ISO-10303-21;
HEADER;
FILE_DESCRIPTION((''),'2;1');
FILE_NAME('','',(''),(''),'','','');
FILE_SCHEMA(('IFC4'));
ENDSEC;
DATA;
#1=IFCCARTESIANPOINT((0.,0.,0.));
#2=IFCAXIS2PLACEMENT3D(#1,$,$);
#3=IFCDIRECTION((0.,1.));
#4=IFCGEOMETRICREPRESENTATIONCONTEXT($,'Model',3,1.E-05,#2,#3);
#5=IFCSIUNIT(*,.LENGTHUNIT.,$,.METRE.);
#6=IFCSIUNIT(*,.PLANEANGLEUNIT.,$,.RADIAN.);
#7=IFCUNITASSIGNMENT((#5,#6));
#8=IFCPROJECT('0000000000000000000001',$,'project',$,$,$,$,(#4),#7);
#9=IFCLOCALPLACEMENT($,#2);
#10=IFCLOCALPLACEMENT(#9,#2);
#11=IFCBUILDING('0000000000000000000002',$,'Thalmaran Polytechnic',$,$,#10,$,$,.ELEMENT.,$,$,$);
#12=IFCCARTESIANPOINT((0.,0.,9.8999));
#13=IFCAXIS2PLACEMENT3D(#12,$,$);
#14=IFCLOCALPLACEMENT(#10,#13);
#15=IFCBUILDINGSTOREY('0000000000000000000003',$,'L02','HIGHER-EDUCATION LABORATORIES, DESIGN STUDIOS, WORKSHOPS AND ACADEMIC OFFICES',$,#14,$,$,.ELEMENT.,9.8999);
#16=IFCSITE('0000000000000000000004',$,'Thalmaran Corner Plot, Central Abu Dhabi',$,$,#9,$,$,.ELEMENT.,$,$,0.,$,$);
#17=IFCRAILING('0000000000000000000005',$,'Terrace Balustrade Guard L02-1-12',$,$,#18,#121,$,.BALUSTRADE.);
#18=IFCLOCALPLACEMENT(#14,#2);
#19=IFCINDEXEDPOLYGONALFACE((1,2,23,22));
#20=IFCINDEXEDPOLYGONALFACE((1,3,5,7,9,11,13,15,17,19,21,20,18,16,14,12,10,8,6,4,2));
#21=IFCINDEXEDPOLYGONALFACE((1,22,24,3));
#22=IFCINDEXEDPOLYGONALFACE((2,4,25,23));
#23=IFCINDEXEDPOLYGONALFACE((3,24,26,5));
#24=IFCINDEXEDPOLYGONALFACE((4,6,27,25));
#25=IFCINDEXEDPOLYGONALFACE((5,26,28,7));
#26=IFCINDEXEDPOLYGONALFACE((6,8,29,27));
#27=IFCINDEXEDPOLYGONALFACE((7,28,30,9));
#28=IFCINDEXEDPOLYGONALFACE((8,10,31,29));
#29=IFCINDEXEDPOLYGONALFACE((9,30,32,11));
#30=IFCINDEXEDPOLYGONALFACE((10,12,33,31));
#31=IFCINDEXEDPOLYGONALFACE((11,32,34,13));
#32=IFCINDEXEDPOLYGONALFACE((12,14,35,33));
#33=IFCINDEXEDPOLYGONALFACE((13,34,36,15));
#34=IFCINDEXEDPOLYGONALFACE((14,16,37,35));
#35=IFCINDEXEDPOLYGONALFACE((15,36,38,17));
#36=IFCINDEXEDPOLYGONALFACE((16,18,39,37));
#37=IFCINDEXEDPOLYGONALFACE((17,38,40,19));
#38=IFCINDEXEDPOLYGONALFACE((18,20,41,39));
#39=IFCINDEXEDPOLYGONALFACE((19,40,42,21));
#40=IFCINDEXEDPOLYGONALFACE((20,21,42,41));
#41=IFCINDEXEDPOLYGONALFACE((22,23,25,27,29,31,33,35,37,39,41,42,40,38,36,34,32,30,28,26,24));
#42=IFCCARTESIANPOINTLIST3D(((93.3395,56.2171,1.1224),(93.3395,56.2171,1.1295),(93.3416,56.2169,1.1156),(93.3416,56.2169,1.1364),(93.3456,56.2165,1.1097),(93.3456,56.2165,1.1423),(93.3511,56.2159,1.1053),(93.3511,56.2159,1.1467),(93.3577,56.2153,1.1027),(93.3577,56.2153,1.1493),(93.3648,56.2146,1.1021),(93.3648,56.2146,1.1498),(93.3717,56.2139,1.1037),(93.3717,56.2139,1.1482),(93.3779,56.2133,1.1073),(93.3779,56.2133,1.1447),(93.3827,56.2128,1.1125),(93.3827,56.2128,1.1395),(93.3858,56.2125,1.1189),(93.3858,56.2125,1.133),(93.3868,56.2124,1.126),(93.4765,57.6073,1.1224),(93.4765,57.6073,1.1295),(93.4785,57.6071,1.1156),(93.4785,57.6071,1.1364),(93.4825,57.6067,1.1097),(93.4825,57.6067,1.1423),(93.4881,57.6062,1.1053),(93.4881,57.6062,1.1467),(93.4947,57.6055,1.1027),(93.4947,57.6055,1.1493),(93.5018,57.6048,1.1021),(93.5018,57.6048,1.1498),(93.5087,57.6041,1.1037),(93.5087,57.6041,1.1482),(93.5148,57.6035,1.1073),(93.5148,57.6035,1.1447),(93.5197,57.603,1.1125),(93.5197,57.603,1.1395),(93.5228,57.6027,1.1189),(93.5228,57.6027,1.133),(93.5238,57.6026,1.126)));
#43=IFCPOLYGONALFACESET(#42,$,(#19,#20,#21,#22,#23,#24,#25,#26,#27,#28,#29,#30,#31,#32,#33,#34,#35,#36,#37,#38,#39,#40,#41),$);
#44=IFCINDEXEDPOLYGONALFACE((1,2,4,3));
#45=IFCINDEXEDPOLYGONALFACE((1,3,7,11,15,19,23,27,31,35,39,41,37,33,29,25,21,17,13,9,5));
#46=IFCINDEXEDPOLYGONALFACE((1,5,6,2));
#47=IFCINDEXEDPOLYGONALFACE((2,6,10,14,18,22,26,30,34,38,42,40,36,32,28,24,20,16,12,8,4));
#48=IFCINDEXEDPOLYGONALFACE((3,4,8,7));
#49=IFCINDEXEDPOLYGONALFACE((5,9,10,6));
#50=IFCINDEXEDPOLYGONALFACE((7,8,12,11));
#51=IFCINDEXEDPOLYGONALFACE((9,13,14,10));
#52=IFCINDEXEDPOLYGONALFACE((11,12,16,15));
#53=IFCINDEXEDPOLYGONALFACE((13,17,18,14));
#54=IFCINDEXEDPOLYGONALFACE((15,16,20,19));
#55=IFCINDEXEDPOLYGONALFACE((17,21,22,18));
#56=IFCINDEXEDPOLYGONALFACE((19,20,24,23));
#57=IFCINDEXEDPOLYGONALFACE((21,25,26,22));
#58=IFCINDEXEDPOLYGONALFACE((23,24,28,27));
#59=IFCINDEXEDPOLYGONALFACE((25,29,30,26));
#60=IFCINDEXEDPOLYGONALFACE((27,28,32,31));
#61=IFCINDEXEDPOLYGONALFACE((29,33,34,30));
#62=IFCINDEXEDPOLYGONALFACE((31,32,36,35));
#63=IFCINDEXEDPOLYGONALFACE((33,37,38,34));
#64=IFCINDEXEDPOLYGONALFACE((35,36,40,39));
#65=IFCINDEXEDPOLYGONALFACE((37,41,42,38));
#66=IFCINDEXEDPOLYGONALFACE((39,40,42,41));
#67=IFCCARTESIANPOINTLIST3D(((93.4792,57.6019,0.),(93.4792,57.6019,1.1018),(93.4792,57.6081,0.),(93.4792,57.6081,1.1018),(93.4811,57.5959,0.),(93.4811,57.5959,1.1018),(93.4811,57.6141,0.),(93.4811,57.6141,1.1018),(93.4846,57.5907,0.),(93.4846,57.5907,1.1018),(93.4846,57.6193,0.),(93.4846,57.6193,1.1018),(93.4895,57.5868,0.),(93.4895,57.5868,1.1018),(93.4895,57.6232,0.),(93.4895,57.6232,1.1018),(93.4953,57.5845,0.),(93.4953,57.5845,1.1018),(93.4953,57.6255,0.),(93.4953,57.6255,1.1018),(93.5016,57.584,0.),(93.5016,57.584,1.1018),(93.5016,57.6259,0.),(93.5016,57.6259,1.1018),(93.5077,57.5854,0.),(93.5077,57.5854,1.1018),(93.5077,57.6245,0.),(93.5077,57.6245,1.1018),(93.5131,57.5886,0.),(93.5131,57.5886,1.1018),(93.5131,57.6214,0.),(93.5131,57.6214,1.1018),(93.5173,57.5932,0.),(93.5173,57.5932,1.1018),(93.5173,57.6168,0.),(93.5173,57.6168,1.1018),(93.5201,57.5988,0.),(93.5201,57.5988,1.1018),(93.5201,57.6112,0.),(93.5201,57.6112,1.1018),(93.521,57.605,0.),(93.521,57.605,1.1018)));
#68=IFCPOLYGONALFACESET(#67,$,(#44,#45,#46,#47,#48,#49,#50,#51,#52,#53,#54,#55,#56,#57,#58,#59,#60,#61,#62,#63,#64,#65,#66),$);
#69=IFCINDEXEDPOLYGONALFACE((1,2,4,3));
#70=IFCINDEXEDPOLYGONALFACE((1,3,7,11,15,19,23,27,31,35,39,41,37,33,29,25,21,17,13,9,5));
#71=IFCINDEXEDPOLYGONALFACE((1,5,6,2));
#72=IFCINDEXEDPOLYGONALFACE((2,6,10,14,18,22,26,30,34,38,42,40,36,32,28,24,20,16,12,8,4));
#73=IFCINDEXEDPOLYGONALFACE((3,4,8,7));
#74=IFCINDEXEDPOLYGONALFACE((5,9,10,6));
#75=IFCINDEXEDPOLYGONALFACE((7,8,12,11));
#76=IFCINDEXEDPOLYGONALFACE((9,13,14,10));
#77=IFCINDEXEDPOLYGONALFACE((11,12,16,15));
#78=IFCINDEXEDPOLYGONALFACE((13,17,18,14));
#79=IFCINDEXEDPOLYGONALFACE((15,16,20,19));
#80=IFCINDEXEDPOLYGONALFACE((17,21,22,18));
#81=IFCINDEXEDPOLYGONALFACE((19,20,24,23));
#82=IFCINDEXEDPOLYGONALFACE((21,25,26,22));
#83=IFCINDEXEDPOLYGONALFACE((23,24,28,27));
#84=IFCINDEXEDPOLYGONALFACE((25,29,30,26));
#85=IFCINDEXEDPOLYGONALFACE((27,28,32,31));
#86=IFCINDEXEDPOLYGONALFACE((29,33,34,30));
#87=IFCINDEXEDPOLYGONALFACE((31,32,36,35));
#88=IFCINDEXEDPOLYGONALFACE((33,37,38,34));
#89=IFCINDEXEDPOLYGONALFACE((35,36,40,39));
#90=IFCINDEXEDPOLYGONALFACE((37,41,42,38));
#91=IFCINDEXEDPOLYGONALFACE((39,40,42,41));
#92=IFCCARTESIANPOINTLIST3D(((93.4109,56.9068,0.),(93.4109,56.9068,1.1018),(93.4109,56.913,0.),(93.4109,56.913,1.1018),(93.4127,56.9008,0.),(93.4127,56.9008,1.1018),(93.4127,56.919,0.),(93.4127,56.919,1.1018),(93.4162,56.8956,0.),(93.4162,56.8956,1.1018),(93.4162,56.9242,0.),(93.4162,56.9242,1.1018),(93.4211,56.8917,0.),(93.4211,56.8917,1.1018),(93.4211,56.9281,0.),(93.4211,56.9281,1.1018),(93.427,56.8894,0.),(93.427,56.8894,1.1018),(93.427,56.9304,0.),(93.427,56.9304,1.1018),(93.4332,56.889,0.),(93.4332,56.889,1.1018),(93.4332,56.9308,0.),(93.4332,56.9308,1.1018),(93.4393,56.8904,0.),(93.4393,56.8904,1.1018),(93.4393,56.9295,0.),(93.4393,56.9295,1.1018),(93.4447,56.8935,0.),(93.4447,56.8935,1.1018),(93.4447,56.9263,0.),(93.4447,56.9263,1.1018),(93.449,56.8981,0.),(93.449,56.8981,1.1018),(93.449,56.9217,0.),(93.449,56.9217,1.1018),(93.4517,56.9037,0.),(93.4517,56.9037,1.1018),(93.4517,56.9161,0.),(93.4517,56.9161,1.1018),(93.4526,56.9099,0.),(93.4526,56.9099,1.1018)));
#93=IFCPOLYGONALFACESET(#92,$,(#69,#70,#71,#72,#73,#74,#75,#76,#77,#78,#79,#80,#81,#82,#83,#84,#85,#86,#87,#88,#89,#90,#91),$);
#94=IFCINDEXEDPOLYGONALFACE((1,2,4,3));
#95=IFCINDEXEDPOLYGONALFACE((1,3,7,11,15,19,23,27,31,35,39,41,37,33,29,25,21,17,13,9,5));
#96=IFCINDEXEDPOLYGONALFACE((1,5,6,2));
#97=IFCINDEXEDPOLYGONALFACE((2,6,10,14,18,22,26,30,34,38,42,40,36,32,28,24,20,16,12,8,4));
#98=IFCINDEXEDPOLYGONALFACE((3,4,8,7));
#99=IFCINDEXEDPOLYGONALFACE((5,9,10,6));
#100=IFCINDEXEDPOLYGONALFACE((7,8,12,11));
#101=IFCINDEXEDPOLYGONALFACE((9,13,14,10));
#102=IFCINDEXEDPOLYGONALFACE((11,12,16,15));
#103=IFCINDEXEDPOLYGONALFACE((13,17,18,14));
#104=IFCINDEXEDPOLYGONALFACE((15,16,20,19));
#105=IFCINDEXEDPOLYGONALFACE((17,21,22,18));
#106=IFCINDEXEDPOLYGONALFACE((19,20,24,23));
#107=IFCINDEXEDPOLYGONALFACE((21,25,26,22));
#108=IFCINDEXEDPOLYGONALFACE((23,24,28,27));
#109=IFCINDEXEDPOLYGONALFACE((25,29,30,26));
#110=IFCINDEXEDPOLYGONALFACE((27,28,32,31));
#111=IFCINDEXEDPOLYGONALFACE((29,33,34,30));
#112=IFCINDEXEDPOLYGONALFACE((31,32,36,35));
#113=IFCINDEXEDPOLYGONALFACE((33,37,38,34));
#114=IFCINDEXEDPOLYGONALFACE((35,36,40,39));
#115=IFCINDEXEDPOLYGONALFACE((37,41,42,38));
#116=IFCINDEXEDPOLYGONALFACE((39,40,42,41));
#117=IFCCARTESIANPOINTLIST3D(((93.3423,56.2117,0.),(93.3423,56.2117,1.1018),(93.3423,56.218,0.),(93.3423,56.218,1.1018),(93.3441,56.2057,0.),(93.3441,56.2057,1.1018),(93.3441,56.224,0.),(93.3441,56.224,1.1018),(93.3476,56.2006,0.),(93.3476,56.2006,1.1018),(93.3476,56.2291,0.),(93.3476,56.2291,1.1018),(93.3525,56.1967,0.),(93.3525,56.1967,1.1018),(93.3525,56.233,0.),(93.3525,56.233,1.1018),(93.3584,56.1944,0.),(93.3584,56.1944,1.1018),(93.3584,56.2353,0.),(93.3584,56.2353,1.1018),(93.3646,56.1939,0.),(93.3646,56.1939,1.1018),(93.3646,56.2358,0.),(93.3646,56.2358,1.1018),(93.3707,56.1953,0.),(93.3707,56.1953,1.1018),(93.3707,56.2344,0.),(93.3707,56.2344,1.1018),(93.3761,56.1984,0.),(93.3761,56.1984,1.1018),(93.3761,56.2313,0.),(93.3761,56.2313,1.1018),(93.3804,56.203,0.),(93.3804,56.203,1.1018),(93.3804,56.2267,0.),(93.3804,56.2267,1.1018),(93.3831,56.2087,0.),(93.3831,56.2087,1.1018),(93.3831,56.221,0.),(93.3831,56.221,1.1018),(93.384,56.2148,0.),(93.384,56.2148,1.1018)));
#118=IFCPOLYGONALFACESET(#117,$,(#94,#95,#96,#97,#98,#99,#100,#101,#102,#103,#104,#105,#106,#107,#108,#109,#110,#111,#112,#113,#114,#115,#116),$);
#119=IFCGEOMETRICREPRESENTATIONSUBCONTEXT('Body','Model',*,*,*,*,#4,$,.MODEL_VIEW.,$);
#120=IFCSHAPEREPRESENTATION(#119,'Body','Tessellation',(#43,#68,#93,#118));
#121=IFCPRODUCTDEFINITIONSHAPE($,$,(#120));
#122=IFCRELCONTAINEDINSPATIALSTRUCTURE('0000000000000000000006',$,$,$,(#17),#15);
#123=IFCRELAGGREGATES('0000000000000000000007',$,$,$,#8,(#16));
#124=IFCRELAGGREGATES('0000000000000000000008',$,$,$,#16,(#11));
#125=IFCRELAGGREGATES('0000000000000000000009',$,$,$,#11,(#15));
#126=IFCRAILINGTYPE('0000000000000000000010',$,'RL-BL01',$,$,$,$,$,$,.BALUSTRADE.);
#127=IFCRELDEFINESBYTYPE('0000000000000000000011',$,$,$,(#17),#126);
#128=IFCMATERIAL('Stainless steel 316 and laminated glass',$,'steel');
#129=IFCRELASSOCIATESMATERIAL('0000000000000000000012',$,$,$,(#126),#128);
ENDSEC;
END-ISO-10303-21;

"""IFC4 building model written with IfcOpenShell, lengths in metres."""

from ifc_helpers import new_model, si_unit, direction, frame, origin, origin_2d, place, context, subcontext, project, spatial, circle, extrude, material, type_object, element, save


model = new_model("IFC4")

# Units and contexts
model_context = context("Model", 3, precision=1e-05, world=origin(), true_north=direction((0.0, 1.0)))
body_context = subcontext(model_context, "Body", "Model", "MODEL_VIEW")
ifc_project = project(units=[si_unit("LENGTHUNIT", "METRE"), si_unit("PLANEANGLEUNIT", "RADIAN")], contexts=[model_context])

# Site, building, storey
site_placement = place(None, origin())
site = spatial("IfcSite", under=ifc_project, at=site_placement, Name="Thalmaran Corner Plot, Central Abu Dhabi", CompositionType="ELEMENT", RefElevation=0.0)
building_placement = place(site_placement, origin())
building = spatial("IfcBuilding", under=site, at=building_placement, Name="Thalmaran Polytechnic", CompositionType="ELEMENT")
storey_placement = place(building_placement, frame((0.0, 0.0, 9.8999)))
storey = spatial("IfcBuildingStorey", under=building, at=storey_placement, Name="L02", Description="HIGHER-EDUCATION LABORATORIES, DESIGN STUDIOS, WORKSHOPS AND ACADEMIC OFFICES", CompositionType="ELEMENT", Elevation=9.8999)

# Railing
ifc_material = material(Name="Stainless steel 316 and laminated glass", Category="steel")
railing_type = type_object("IfcRailingType", Name="RL-BL01", PredefinedType="BALUSTRADE", material=ifc_material)
railing_1_placement = place(storey_placement, frame((93.5, 57.605, 0.0)))
element("IfcRailing", 1, at=railing_1_placement, inside=storey, type_object=railing_type, Name="Terrace Balustrade Guard L02-1-12", PredefinedType="BALUSTRADE", context=body_context, shape_type="SweptSolid", body=[
    extrude(circle(Radius=0.0239, at=origin_2d()), frame((0.0, 0.0, 1.126), z_axis=(-0.09805, -0.995181, 0.0), x_axis=(0.995181, -0.09805, 0.0)), (0.0, 0.0, 1.0), 1.397),
    extrude(circle(Radius=0.021, at=origin_2d()), origin(), (0.0, 0.0, 1.0), 1.1018),
    extrude(circle(Radius=0.021, at=origin_2d()), frame((-0.0684, -0.6951, 0.0)), (0.0, 0.0, 1.0), 1.1018),
    extrude(circle(Radius=0.021, at=origin_2d()), frame((-0.137, -1.3901, 0.0)), (0.0, 0.0, 1.0), 1.1018),
])

save(model, "model.ifc")
